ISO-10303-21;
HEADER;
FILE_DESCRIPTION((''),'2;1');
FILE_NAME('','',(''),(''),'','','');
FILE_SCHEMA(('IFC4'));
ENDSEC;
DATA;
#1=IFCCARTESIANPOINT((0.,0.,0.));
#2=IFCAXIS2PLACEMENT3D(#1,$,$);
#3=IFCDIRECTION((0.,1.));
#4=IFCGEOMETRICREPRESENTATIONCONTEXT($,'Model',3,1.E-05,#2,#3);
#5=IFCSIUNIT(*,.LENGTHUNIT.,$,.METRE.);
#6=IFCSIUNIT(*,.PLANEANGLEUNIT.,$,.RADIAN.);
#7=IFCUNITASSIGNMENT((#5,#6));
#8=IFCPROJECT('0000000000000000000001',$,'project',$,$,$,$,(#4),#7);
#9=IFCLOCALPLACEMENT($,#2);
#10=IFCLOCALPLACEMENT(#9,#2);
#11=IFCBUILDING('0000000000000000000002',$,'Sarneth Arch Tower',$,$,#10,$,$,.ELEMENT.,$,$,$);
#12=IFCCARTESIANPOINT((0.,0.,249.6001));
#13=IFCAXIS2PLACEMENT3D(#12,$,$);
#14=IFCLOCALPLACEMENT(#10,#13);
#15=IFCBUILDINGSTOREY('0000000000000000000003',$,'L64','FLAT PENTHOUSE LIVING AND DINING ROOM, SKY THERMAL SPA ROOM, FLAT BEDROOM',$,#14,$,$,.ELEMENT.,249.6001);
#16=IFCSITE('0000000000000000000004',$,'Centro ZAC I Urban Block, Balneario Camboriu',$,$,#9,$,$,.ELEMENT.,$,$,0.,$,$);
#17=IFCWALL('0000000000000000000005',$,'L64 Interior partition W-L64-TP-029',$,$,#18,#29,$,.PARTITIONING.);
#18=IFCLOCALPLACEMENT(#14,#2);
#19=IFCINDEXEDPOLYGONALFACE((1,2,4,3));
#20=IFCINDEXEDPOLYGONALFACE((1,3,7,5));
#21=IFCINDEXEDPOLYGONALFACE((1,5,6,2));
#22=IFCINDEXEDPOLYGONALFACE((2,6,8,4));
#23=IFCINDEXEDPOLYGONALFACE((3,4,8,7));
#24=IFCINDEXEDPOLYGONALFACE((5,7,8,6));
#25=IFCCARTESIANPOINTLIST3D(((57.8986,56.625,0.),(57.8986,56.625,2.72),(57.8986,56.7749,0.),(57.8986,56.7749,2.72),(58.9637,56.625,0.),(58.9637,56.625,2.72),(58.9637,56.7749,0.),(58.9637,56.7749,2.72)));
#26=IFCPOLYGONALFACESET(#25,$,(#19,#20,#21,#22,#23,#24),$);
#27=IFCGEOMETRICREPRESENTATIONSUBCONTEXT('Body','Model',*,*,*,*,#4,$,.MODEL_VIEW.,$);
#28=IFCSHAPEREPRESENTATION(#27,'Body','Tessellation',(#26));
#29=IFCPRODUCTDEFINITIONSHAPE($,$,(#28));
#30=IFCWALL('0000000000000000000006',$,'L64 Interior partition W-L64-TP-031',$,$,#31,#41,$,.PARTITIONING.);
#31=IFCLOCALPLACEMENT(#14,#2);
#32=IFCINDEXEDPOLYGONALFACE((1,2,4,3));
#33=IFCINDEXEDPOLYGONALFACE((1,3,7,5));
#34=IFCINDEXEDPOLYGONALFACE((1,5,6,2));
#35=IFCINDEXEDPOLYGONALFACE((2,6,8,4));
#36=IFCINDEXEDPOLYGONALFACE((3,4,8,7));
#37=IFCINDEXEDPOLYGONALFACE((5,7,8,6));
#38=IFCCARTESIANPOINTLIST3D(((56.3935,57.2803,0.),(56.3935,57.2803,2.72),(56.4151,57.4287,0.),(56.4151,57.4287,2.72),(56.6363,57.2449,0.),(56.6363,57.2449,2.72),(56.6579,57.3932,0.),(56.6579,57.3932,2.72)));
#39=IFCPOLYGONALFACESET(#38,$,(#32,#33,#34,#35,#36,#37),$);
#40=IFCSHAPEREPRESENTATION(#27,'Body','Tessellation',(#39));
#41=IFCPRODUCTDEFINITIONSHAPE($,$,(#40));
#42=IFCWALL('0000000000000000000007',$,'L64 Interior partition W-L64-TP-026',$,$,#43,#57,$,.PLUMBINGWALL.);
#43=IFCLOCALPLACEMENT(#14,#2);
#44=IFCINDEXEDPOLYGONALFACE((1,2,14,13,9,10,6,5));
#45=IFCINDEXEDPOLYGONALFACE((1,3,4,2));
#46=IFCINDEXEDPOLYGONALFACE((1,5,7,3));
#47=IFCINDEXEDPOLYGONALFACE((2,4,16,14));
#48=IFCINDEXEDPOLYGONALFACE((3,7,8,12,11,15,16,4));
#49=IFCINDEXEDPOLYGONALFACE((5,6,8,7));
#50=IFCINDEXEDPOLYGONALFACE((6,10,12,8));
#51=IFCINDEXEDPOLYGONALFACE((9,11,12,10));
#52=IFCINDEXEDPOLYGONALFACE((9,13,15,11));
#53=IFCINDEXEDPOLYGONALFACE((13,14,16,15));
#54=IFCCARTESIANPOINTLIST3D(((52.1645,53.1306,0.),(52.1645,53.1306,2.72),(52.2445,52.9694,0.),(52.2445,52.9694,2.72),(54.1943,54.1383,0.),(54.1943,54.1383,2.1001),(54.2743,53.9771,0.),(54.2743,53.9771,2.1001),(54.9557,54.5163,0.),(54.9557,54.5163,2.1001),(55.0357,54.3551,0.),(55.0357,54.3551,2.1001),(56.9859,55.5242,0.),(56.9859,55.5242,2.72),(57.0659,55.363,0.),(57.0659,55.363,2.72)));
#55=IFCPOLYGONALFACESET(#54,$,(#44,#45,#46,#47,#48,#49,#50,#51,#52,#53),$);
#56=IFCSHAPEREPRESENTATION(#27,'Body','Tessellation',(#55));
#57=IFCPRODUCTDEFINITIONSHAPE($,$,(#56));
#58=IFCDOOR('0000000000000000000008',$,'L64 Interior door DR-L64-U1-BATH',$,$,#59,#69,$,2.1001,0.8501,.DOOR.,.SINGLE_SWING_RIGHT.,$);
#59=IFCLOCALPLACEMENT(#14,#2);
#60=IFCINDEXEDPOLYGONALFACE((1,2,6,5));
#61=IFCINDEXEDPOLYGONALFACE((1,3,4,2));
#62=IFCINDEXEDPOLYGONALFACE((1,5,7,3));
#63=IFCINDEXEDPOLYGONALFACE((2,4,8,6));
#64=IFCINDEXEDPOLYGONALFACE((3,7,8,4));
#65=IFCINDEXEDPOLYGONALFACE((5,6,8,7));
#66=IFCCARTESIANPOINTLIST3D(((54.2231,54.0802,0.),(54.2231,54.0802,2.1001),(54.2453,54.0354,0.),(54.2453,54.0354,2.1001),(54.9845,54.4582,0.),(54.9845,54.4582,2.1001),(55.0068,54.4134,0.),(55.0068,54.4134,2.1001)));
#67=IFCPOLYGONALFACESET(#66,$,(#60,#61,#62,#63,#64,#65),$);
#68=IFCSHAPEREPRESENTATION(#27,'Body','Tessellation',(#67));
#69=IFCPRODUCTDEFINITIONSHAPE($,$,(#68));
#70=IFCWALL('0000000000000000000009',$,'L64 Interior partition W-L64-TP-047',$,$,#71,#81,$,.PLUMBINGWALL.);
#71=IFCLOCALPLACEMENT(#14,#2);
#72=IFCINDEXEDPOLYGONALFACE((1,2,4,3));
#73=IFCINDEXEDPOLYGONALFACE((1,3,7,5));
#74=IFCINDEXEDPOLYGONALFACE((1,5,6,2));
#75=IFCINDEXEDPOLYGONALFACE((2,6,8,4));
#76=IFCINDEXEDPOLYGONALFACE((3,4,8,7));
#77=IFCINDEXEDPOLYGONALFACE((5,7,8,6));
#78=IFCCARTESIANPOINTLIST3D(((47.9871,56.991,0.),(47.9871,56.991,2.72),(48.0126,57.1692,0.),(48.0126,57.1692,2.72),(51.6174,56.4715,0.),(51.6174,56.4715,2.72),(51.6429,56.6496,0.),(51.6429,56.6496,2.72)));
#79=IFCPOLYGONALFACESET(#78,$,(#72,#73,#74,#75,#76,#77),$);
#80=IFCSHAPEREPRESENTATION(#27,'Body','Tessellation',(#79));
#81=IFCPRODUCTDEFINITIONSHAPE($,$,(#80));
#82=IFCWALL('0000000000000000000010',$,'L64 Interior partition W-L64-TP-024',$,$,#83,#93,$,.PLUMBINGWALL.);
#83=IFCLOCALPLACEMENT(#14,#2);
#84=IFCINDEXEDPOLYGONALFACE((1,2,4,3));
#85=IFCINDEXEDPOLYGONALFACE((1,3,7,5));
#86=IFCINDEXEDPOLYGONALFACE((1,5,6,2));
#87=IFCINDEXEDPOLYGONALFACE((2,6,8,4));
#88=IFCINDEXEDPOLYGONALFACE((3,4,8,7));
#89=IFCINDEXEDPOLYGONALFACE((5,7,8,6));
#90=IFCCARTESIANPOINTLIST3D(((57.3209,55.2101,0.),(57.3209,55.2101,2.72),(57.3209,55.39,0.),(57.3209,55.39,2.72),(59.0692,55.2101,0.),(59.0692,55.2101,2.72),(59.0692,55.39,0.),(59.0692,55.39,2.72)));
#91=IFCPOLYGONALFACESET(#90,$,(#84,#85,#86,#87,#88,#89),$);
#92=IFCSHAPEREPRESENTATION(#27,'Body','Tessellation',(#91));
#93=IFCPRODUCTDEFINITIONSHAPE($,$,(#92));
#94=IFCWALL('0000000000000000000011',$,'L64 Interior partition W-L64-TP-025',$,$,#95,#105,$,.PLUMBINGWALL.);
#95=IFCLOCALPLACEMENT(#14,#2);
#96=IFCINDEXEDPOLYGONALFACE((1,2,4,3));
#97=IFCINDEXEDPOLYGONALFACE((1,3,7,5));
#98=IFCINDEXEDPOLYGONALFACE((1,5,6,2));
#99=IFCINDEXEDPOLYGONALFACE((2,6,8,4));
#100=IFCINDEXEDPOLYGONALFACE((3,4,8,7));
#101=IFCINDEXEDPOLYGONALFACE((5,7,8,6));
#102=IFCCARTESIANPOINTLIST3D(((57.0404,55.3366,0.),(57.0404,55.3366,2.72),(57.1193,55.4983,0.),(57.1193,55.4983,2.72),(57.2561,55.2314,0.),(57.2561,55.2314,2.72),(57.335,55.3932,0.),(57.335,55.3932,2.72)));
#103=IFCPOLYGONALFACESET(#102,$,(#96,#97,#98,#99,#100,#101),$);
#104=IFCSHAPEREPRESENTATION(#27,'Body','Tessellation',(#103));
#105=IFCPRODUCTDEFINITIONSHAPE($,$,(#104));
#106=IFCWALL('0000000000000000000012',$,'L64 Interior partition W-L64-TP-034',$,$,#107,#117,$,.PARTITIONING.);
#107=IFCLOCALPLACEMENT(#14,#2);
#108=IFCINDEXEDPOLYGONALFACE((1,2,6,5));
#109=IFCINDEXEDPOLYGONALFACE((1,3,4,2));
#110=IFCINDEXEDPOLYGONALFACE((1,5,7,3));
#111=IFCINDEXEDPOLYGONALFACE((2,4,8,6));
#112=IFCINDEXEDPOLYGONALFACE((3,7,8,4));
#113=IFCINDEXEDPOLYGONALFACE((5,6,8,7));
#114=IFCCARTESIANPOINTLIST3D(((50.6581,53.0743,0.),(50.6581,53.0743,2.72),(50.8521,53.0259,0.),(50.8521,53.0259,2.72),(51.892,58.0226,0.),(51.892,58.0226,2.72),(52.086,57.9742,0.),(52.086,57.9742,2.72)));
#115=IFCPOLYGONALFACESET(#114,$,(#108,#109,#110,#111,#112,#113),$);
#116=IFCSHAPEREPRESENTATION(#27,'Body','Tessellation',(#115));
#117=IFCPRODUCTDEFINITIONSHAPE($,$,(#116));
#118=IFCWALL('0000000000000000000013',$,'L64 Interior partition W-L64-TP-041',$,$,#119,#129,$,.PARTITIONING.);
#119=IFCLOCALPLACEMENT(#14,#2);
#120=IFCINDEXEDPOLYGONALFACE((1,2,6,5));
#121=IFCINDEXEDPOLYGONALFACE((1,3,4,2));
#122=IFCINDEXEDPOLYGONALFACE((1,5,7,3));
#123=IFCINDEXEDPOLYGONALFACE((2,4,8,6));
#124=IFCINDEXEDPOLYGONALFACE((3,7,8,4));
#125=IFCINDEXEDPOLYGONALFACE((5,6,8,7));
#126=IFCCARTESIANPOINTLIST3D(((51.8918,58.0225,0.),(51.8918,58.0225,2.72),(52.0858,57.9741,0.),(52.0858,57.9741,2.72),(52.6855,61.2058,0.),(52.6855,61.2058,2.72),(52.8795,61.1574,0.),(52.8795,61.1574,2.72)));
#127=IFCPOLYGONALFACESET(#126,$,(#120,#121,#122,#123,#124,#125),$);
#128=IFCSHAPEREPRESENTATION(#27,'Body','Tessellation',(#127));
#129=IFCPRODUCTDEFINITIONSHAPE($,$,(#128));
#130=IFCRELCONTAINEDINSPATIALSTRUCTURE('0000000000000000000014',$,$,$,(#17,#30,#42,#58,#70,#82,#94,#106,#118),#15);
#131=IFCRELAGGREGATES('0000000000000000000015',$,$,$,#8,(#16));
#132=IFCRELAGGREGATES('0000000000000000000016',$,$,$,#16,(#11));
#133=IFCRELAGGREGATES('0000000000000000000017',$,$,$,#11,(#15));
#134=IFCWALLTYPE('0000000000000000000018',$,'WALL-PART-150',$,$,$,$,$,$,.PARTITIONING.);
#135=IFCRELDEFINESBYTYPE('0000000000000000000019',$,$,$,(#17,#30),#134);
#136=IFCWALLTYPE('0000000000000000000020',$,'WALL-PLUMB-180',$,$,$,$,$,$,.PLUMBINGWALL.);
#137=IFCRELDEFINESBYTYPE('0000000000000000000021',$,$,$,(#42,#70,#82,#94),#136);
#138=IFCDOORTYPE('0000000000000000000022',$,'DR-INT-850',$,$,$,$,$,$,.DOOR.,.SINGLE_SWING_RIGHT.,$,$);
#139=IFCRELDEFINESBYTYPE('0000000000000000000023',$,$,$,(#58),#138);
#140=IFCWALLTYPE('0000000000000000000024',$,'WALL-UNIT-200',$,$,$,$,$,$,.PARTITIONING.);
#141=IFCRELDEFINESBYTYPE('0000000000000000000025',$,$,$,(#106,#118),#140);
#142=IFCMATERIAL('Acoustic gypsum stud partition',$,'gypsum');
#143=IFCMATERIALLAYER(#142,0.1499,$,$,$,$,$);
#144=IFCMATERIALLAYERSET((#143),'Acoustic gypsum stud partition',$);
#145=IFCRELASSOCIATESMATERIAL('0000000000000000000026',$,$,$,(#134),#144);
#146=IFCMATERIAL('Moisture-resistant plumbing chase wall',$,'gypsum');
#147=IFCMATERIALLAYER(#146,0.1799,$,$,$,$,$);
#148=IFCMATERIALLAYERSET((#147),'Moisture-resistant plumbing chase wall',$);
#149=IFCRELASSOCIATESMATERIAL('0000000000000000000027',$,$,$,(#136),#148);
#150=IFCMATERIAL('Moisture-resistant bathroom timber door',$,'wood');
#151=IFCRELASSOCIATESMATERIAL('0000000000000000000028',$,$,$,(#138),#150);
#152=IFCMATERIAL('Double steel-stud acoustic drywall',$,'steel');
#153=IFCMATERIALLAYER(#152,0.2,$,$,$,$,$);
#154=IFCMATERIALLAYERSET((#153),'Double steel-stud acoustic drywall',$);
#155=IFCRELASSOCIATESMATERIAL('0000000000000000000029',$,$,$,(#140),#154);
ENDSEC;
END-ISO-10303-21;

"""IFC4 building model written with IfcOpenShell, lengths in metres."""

from ifc_helpers import new_model, si_unit, direction, frame, frame_2d, origin, place, context, subcontext, project, spatial, rectangle, extrude, material, layer, layer_set, type_object, element, fill, save


model = new_model("IFC4")

# Units and contexts
model_context = context("Model", 3, precision=1e-05, world=origin(), true_north=direction((0.0, 1.0)))
body_context = subcontext(model_context, "Body", "Model", "MODEL_VIEW")
ifc_project = project(units=[si_unit("LENGTHUNIT", "METRE"), si_unit("PLANEANGLEUNIT", "RADIAN")], contexts=[model_context])

# Site, building, storey
site_placement = place(None, origin())
site = spatial("IfcSite", under=ifc_project, at=site_placement, Name="Centro ZAC I Urban Block, Balneario Camboriu", CompositionType="ELEMENT", RefElevation=0.0)
building_placement = place(site_placement, origin())
building = spatial("IfcBuilding", under=site, at=building_placement, Name="Sarneth Arch Tower", CompositionType="ELEMENT")
storey_placement = place(building_placement, frame((0.0, 0.0, 249.6001)))
storey = spatial("IfcBuildingStorey", under=building, at=storey_placement, Name="L64", Description="FLAT PENTHOUSE LIVING AND DINING ROOM, SKY THERMAL SPA ROOM, FLAT BEDROOM", CompositionType="ELEMENT", Elevation=249.6001)

# Shared definitions
ifc_material_1 = material(Name="Acoustic gypsum stud partition", Category="gypsum")
ifc_layer_1 = layer(ifc_material_1, 0.1499)
ifc_layer_set_1 = layer_set([ifc_layer_1], Name="Acoustic gypsum stud partition")
wall_type_1 = type_object("IfcWallType", Name="WALL-PART-150", PredefinedType="PARTITIONING", material=ifc_layer_set_1)

# Walls
wall_1_placement = place(storey_placement, frame((58.9639, 56.7, 0.0), z_axis=(0.0, 0.0, 1.0), x_axis=(-1.0, 0.0, 0.0)))
element("IfcWall", 1, at=wall_1_placement, inside=storey, type_object=wall_type_1, Name="L64 Interior partition W-L64-TP-029", PredefinedType="PARTITIONING", context=body_context, shape_type="SweptSolid", body=[
    extrude(rectangle(XDim=1.0652, YDim=0.1499, at=frame_2d((0.5327, 0.0))), origin(), (0.0, 0.0, 1.0), 2.72),
])
wall_2_placement = place(storey_placement, frame((56.647, 57.3191, 0.0), z_axis=(0.0, 0.0, 1.0), x_axis=(-0.989527, 0.144348, 0.0)))
element("IfcWall", 2, at=wall_2_placement, inside=storey, type_object=wall_type_1, Name="L64 Interior partition W-L64-TP-031", PredefinedType="PARTITIONING", context=body_context, shape_type="SweptSolid", body=[
    extrude(rectangle(XDim=0.2454, YDim=0.1499, at=frame_2d((0.1226, 0.0))), origin(), (0.0, 0.0, 1.0), 2.72),
])

# Wall, opening, door
ifc_material_2 = material(Name="Moisture-resistant plumbing chase wall", Category="gypsum")
ifc_layer_2 = layer(ifc_material_2, 0.1799)
ifc_layer_set_2 = layer_set([ifc_layer_2], Name="Moisture-resistant plumbing chase wall")
wall_type_2 = type_object("IfcWallType", Name="WALL-PLUMB-180", PredefinedType="PLUMBINGWALL", material=ifc_layer_set_2)
wall_3_placement = place(storey_placement, frame((57.0259, 55.4436, 0.0), z_axis=(0.0, 0.0, 1.0), x_axis=(-0.895694, -0.444672, 0.0)))
wall_3 = element("IfcWall", 3, at=wall_3_placement, inside=storey, type_object=wall_type_2, Name="L64 Interior partition W-L64-TP-026", PredefinedType="PLUMBINGWALL", context=body_context, shape_type="SweptSolid", body=[
    extrude(rectangle(XDim=5.3828, YDim=0.1799, at=frame_2d((2.6914, 0.0))), origin(), (0.0, 0.0, 1.0), 2.72),
])
opening_1_placement = place(wall_3_placement, frame((2.2666, 0.0, 0.0)))
opening_1 = element("IfcOpeningElement", 4, at=opening_1_placement, cuts=wall_3, PredefinedType="OPENING", context=body_context, shape_type="SweptSolid", body=[
    extrude(rectangle(XDim=0.8501, YDim=2.1001, at=frame_2d((0.425, 1.05))), frame((0.0, 0.0999, 0.0), z_axis=(0.0, -1.0, 0.0), x_axis=(1.0, 0.0, 0.0)), (0.0, 0.0, 1.0), 0.2),
])
ifc_material_3 = material(Name="Moisture-resistant bathroom timber door", Category="wood")
door_type_1 = type_object("IfcDoorType", Name="DR-INT-850", OperationType="SINGLE_SWING_RIGHT", PredefinedType="DOOR", material=ifc_material_3)
door_1_placement = place(opening_1_placement, origin())
door_1 = element("IfcDoor", 5, at=door_1_placement, inside=storey, type_object=door_type_1, Name="L64 Interior door DR-L64-U1-BATH", OperationType="SINGLE_SWING_RIGHT", OverallHeight=2.1001, OverallWidth=0.8501, PredefinedType="DOOR", context=body_context, shape_type="SweptSolid", body=[
    extrude(rectangle(XDim=0.8501, YDim=2.1001, at=frame_2d((0.425, 1.05))), frame((0.0, 0.0249, 0.0), z_axis=(0.0, -1.0, 0.0), x_axis=(1.0, 0.0, 0.0)), (0.0, 0.0, 1.0), 0.05),
])
fill(opening_1, door_1)

# Walls
wall_4_placement = place(storey_placement, frame((48.0, 57.0801, 0.0), z_axis=(0.0, 0.0, 1.0), x_axis=(0.989915, -0.141664, 0.0)))
element("IfcWall", 6, at=wall_4_placement, inside=storey, type_object=wall_type_2, Name="L64 Interior partition W-L64-TP-047", PredefinedType="PLUMBINGWALL", context=body_context, shape_type="SweptSolid", body=[
    extrude(rectangle(XDim=3.6672, YDim=0.1799, at=frame_2d((1.8335, 0.0))), origin(), (0.0, 0.0, 1.0), 2.72),
])
wall_5_placement = place(storey_placement, frame((59.0691, 55.3, 0.0), z_axis=(0.0, 0.0, 1.0), x_axis=(-1.0, 0.0, 0.0)))
element("IfcWall", 7, at=wall_5_placement, inside=storey, type_object=wall_type_2, Name="L64 Interior partition W-L64-TP-024", PredefinedType="PLUMBINGWALL", context=body_context, shape_type="SweptSolid", body=[
    extrude(rectangle(XDim=1.7483, YDim=0.1799, at=frame_2d((0.874, 0.0))), origin(), (0.0, 0.0, 1.0), 2.72),
])
wall_6_placement = place(storey_placement, frame((57.2957, 55.3123, 0.0), z_axis=(0.0, 0.0, 1.0), x_axis=(-0.898856, 0.438243, 0.0)))
element("IfcWall", 8, at=wall_6_placement, inside=storey, type_object=wall_type_2, Name="L64 Interior partition W-L64-TP-025", PredefinedType="PLUMBINGWALL", context=body_context, shape_type="SweptSolid", body=[
    extrude(rectangle(XDim=0.24, YDim=0.1799, at=frame_2d((0.1201, 0.0))), origin(), (0.0, 0.0, 1.0), 2.72),
])
ifc_material_4 = material(Name="Double steel-stud acoustic drywall", Category="steel")
ifc_layer_3 = layer(ifc_material_4, 0.2)
ifc_layer_set_3 = layer_set([ifc_layer_3], Name="Double steel-stud acoustic drywall")
wall_type_3 = type_object("IfcWallType", Name="WALL-UNIT-200", PredefinedType="PARTITIONING", material=ifc_layer_set_3)
wall_7_placement = place(storey_placement, frame((51.989, 57.9983, 0.0), z_axis=(0.0, 0.0, 1.0), x_axis=(-0.24195, -0.970289, 0.0)))
element("IfcWall", 9, at=wall_7_placement, inside=storey, type_object=wall_type_3, Name="L64 Interior partition W-L64-TP-034", PredefinedType="PARTITIONING", context=body_context, shape_type="SweptSolid", body=[
    extrude(rectangle(XDim=5.0999, YDim=0.2, at=frame_2d((2.5498, 0.0))), origin(), (0.0, 0.0, 1.0), 2.72),
])
wall_8_placement = place(storey_placement, frame((51.9888, 57.9983, 0.0), z_axis=(0.0, 0.0, 1.0), x_axis=(0.241923, 0.970296, 0.0)))
element("IfcWall", 10, at=wall_8_placement, inside=storey, type_object=wall_type_3, Name="L64 Interior partition W-L64-TP-041", PredefinedType="PARTITIONING", context=body_context, shape_type="SweptSolid", body=[
    extrude(rectangle(XDim=3.2808, YDim=0.2, at=frame_2d((1.6404, 0.0))), origin(), (0.0, 0.0, 1.0), 2.72),
])

save(model, "model.ifc")
